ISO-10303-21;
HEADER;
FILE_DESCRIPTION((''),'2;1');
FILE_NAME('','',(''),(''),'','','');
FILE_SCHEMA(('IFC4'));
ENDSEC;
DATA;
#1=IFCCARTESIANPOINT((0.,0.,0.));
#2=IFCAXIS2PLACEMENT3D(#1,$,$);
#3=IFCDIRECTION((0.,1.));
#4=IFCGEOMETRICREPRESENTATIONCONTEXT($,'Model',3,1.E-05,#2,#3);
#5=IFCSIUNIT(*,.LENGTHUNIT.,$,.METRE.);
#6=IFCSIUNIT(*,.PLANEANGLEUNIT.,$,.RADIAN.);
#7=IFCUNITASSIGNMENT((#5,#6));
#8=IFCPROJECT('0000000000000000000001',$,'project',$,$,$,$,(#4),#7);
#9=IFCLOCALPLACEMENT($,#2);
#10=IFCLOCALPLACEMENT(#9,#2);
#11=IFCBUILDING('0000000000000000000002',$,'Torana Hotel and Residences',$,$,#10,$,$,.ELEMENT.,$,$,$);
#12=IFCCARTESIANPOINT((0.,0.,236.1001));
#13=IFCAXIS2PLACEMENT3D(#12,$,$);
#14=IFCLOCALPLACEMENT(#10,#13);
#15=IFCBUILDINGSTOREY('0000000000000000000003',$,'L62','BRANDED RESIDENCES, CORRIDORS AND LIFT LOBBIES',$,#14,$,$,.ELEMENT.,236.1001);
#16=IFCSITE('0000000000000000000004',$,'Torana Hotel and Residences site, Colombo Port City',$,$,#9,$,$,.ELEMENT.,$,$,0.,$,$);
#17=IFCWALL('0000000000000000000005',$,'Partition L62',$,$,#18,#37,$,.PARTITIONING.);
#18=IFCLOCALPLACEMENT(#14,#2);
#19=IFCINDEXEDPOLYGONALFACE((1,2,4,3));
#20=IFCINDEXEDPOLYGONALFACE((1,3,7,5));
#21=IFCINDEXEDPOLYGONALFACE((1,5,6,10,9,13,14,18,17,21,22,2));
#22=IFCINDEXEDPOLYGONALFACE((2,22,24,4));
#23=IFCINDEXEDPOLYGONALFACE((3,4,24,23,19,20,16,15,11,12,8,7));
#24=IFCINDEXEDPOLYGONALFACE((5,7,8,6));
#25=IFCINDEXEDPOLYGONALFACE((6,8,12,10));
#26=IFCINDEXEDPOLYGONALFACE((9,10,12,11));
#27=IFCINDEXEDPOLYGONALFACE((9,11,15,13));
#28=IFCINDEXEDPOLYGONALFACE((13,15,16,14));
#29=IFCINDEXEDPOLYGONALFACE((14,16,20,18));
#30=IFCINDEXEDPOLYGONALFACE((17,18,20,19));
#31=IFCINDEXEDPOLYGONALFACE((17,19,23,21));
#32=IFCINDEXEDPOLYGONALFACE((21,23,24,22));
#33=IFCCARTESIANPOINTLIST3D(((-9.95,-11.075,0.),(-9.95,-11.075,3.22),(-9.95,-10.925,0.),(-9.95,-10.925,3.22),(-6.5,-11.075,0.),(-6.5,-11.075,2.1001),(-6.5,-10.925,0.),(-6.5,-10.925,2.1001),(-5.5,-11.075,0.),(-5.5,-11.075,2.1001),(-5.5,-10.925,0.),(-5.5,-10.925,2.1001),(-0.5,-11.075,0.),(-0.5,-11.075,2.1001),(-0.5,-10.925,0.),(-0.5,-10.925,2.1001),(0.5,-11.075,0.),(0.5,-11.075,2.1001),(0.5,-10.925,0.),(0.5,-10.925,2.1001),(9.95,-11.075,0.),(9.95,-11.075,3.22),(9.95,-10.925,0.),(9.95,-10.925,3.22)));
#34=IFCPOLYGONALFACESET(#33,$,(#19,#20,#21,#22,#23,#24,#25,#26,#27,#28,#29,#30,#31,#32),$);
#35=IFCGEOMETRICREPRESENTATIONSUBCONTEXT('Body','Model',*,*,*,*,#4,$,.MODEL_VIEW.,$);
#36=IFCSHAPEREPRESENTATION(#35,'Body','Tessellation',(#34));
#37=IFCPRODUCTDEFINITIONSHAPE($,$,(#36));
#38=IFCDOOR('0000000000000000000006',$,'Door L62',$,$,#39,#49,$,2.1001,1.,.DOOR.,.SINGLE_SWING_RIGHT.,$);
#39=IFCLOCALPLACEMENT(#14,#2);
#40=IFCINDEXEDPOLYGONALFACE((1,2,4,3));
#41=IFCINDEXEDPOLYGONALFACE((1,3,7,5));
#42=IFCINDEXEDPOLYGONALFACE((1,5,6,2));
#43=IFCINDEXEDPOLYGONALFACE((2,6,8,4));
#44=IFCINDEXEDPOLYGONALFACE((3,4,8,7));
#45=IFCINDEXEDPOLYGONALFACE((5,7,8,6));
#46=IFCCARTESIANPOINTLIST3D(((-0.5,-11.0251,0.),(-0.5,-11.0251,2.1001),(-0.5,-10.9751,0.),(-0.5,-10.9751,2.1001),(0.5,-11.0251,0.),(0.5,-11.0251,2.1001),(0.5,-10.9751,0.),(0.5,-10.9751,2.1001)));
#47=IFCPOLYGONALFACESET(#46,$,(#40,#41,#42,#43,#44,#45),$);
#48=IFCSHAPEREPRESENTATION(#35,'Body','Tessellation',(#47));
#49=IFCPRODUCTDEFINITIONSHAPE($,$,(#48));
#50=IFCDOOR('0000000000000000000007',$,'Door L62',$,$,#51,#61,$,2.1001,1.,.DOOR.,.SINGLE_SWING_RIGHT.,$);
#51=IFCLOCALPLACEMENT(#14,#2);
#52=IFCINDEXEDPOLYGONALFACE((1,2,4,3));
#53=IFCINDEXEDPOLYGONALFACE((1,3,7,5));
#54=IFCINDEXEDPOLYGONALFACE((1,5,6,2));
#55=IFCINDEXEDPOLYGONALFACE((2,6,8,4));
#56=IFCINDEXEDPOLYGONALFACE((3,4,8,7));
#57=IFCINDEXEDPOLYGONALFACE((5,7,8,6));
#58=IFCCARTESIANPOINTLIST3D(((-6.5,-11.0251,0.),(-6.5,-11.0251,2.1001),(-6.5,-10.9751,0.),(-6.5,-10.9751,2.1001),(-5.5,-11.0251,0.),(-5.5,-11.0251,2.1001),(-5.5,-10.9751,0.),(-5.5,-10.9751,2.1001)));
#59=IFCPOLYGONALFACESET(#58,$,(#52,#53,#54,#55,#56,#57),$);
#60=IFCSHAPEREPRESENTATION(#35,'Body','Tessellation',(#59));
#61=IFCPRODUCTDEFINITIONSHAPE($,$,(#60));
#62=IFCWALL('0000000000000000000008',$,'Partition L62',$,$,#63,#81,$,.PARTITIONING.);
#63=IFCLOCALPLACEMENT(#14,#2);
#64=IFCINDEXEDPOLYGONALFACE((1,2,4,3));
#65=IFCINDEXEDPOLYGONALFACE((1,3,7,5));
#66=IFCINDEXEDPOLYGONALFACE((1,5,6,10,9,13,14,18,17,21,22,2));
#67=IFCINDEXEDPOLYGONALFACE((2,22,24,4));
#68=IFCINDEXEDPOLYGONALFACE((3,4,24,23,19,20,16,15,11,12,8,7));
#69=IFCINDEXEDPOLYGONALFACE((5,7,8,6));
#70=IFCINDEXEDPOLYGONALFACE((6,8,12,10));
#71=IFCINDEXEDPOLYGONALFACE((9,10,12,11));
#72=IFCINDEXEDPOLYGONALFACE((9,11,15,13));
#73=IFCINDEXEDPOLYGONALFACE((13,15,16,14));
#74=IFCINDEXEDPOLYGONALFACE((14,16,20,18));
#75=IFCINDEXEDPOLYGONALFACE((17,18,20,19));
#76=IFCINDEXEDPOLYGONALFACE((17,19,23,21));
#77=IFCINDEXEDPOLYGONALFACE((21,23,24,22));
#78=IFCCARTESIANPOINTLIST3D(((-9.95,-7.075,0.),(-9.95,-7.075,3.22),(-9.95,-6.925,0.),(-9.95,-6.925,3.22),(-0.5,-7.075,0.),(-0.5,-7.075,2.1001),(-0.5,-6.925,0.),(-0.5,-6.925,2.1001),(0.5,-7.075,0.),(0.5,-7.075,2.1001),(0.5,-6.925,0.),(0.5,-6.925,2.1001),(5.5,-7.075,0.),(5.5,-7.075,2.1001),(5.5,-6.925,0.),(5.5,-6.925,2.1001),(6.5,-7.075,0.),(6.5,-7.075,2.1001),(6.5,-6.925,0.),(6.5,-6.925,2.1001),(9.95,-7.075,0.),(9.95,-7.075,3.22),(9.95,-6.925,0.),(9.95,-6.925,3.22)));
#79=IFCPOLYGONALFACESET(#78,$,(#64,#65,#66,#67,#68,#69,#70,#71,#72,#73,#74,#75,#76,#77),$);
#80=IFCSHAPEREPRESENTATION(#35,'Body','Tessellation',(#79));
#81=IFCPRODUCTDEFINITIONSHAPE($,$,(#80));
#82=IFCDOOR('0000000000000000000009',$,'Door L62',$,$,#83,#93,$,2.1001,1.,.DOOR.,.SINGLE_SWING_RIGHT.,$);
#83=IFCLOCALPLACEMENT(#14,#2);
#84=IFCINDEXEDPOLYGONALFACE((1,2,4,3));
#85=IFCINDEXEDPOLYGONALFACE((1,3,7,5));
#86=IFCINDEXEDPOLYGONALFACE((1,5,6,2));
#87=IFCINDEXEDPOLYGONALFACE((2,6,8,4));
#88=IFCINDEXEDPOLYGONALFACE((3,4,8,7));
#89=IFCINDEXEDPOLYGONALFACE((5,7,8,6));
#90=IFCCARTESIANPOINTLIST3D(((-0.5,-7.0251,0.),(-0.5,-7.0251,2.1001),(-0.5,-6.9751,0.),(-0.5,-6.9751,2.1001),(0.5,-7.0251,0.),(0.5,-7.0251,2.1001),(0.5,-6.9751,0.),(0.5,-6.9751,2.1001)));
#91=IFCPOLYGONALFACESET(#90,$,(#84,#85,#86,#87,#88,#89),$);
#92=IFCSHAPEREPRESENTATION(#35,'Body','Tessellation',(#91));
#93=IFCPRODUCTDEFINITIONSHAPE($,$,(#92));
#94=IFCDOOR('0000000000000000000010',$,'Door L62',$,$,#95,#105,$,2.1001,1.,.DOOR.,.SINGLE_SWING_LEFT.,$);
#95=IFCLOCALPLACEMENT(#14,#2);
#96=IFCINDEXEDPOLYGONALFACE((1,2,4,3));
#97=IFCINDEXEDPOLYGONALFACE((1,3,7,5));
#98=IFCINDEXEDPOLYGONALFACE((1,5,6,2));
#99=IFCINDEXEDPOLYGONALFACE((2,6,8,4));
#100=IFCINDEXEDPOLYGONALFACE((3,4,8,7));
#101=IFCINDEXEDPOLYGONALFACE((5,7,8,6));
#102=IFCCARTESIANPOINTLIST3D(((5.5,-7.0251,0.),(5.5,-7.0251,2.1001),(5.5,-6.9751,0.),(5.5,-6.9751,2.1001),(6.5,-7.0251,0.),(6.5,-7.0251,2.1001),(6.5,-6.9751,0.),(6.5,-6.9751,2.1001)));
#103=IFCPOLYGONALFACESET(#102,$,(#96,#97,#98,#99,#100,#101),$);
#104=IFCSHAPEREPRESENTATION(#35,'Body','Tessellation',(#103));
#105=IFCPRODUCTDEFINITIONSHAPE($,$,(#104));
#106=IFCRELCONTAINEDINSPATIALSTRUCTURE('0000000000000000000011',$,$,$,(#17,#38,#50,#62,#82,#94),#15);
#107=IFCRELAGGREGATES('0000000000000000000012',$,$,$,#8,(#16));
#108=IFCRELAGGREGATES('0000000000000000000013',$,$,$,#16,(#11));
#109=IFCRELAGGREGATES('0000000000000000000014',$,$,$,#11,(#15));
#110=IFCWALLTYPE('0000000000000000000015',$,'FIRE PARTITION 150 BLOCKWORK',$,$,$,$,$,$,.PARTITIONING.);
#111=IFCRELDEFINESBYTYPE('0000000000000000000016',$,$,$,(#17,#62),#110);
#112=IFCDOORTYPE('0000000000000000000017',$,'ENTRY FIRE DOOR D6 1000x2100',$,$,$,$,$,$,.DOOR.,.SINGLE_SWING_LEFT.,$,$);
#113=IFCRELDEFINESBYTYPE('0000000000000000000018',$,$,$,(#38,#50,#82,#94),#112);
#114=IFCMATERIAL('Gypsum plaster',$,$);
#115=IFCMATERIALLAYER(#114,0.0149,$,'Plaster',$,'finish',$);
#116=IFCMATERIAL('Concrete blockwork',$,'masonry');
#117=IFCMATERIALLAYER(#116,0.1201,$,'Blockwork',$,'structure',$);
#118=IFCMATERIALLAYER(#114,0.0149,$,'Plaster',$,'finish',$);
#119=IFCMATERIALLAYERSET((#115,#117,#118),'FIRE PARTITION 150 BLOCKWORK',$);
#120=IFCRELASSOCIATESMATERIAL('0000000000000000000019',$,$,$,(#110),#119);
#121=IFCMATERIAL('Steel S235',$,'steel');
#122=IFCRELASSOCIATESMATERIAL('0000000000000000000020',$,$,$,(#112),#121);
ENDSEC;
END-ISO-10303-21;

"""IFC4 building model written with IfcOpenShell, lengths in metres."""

from ifc_helpers import new_model, si_unit, direction, frame, frame_2d, origin, place, context, subcontext, project, spatial, rectangle, extrude, material, layer, layer_set, type_object, element, fill, save


model = new_model("IFC4")

# Units and contexts
model_context = context("Model", 3, precision=1e-05, world=origin(), true_north=direction((0.0, 1.0)))
body_context = subcontext(model_context, "Body", "Model", "MODEL_VIEW")
ifc_project = project(units=[si_unit("LENGTHUNIT", "METRE"), si_unit("PLANEANGLEUNIT", "RADIAN")], contexts=[model_context])

# Site, building, storey
site_placement = place(None, origin())
site = spatial("IfcSite", under=ifc_project, at=site_placement, Name="Torana Hotel and Residences site, Colombo Port City", CompositionType="ELEMENT", RefElevation=0.0)
building_placement = place(site_placement, origin())
building = spatial("IfcBuilding", under=site, at=building_placement, Name="Torana Hotel and Residences", CompositionType="ELEMENT")
storey_placement = place(building_placement, frame((0.0, 0.0, 236.1001)))
storey = spatial("IfcBuildingStorey", under=building, at=storey_placement, Name="L62", Description="BRANDED RESIDENCES, CORRIDORS AND LIFT LOBBIES", CompositionType="ELEMENT", Elevation=236.1001)

# Shared definitions
ifc_material_1 = material(Name="Gypsum plaster")
ifc_layer_1 = layer(ifc_material_1, 0.0149, Name="Plaster", Category="finish")
ifc_material_2 = material(Name="Concrete blockwork", Category="masonry")
ifc_layer_2 = layer(ifc_material_2, 0.1201, Name="Blockwork", Category="structure")
ifc_layer_3 = layer(ifc_material_1, 0.0149, Name="Plaster", Category="finish")
ifc_layer_set_1 = layer_set([ifc_layer_1, ifc_layer_2, ifc_layer_3], Name="FIRE PARTITION 150 BLOCKWORK")
wall_type_1 = type_object("IfcWallType", Name="FIRE PARTITION 150 BLOCKWORK", PredefinedType="PARTITIONING", material=ifc_layer_set_1)

# Walls, openings, doors
wall_1_placement = place(storey_placement, frame((-9.95, -11.0, 0.0), z_axis=(0.0, 0.0, 1.0), x_axis=(1.0, 0.0, 0.0)))
wall_1 = element("IfcWall", 1, at=wall_1_placement, inside=storey, type_object=wall_type_1, Name="Partition L62", PredefinedType="PARTITIONING", context=body_context, shape_type="SweptSolid", body=[
    extrude(rectangle(XDim=19.8999, YDim=0.1499, at=frame_2d((9.95, 0.0))), origin(), (0.0, 0.0, 1.0), 3.22),
])
opening_1_placement = place(wall_1_placement, frame((9.45, 0.0, 0.0)))
opening_1 = element("IfcOpeningElement", 2, at=opening_1_placement, cuts=wall_1, PredefinedType="OPENING", context=body_context, shape_type="SweptSolid", body=[
    extrude(rectangle(XDim=1.0, YDim=2.1001, at=frame_2d((0.5, 1.05))), frame((0.0, 0.085, 0.0), z_axis=(0.0, -1.0, 0.0), x_axis=(1.0, 0.0, 0.0)), (0.0, 0.0, 1.0), 0.1699),
])
opening_2_placement = place(wall_1_placement, frame((3.45, 0.0, 0.0)))
opening_2 = element("IfcOpeningElement", 3, at=opening_2_placement, cuts=wall_1, PredefinedType="OPENING", context=body_context, shape_type="SweptSolid", body=[
    extrude(rectangle(XDim=1.0, YDim=2.1001, at=frame_2d((0.5, 1.05))), frame((0.0, 0.085, 0.0), z_axis=(0.0, -1.0, 0.0), x_axis=(1.0, 0.0, 0.0)), (0.0, 0.0, 1.0), 0.1699),
])
ifc_material_3 = material(Name="Steel S235", Category="steel")
door_type = type_object("IfcDoorType", Name="ENTRY FIRE DOOR D6 1000x2100", OperationType="SINGLE_SWING_LEFT", PredefinedType="DOOR", material=ifc_material_3)
door_1_placement = place(opening_1_placement, origin())
door_1 = element("IfcDoor", 4, at=door_1_placement, inside=storey, type_object=door_type, Name="Door L62", OperationType="SINGLE_SWING_RIGHT", OverallHeight=2.1001, OverallWidth=1.0, PredefinedType="DOOR", context=body_context, shape_type="SweptSolid", body=[
    extrude(rectangle(XDim=1.0, YDim=2.1001, at=frame_2d((0.5, 1.05))), frame((0.0, 0.0249, 0.0), z_axis=(0.0, -1.0, 0.0), x_axis=(1.0, 0.0, 0.0)), (0.0, 0.0, 1.0), 0.05),
])
fill(opening_1, door_1)
door_2_placement = place(opening_2_placement, origin())
door_2 = element("IfcDoor", 5, at=door_2_placement, inside=storey, type_object=door_type, Name="Door L62", OperationType="SINGLE_SWING_RIGHT", OverallHeight=2.1001, OverallWidth=1.0, PredefinedType="DOOR", context=body_context, shape_type="SweptSolid", body=[
    extrude(rectangle(XDim=1.0, YDim=2.1001, at=frame_2d((0.5, 1.05))), frame((0.0, 0.0249, 0.0), z_axis=(0.0, -1.0, 0.0), x_axis=(1.0, 0.0, 0.0)), (0.0, 0.0, 1.0), 0.05),
])
fill(opening_2, door_2)
wall_2_placement = place(storey_placement, frame((-9.95, -7.0, 0.0), z_axis=(0.0, 0.0, 1.0), x_axis=(1.0, 0.0, 0.0)))
wall_2 = element("IfcWall", 6, at=wall_2_placement, inside=storey, type_object=wall_type_1, Name="Partition L62", PredefinedType="PARTITIONING", context=body_context, shape_type="SweptSolid", body=[
    extrude(rectangle(XDim=19.8999, YDim=0.1499, at=frame_2d((9.95, 0.0))), origin(), (0.0, 0.0, 1.0), 3.22),
])
opening_3_placement = place(wall_2_placement, frame((9.45, 0.0, 0.0)))
opening_3 = element("IfcOpeningElement", 7, at=opening_3_placement, cuts=wall_2, PredefinedType="OPENING", context=body_context, shape_type="SweptSolid", body=[
    extrude(rectangle(XDim=1.0, YDim=2.1001, at=frame_2d((0.5, 1.05))), frame((0.0, 0.085, 0.0), z_axis=(0.0, -1.0, 0.0), x_axis=(1.0, 0.0, 0.0)), (0.0, 0.0, 1.0), 0.1699),
])
opening_4_placement = place(wall_2_placement, frame((15.45, 0.0, 0.0)))
opening_4 = element("IfcOpeningElement", 8, at=opening_4_placement, cuts=wall_2, PredefinedType="OPENING", context=body_context, shape_type="SweptSolid", body=[
    extrude(rectangle(XDim=1.0, YDim=2.1001, at=frame_2d((0.5, 1.05))), frame((0.0, 0.085, 0.0), z_axis=(0.0, -1.0, 0.0), x_axis=(1.0, 0.0, 0.0)), (0.0, 0.0, 1.0), 0.1699),
])
door_3_placement = place(opening_3_placement, origin())
door_3 = element("IfcDoor", 9, at=door_3_placement, inside=storey, type_object=door_type, Name="Door L62", OperationType="SINGLE_SWING_RIGHT", OverallHeight=2.1001, OverallWidth=1.0, PredefinedType="DOOR", context=body_context, shape_type="SweptSolid", body=[
    extrude(rectangle(XDim=1.0, YDim=2.1001, at=frame_2d((0.5, 1.05))), frame((0.0, 0.0249, 0.0), z_axis=(0.0, -1.0, 0.0), x_axis=(1.0, 0.0, 0.0)), (0.0, 0.0, 1.0), 0.05),
])
fill(opening_3, door_3)
door_4_placement = place(opening_4_placement, frame((0.5, 0.0, 0.0), z_axis=(0.0, 0.0, 1.0), x_axis=(-1.0, 0.0, 0.0)))
door_4 = element("IfcDoor", 10, at=door_4_placement, inside=storey, type_object=door_type, Name="Door L62", OperationType="SINGLE_SWING_LEFT", OverallHeight=2.1001, OverallWidth=1.0, PredefinedType="DOOR", context=body_context, shape_type="SweptSolid", body=[
    extrude(rectangle(XDim=1.0, YDim=2.1001, at=frame_2d((0.0, 1.05))), frame((0.0, -0.0249, 0.0), z_axis=(0.0, 1.0, 0.0), x_axis=(-1.0, 0.0, 0.0)), (0.0, 0.0, 1.0), 0.05),
])
fill(opening_4, door_4)

save(model, "model.ifc")
